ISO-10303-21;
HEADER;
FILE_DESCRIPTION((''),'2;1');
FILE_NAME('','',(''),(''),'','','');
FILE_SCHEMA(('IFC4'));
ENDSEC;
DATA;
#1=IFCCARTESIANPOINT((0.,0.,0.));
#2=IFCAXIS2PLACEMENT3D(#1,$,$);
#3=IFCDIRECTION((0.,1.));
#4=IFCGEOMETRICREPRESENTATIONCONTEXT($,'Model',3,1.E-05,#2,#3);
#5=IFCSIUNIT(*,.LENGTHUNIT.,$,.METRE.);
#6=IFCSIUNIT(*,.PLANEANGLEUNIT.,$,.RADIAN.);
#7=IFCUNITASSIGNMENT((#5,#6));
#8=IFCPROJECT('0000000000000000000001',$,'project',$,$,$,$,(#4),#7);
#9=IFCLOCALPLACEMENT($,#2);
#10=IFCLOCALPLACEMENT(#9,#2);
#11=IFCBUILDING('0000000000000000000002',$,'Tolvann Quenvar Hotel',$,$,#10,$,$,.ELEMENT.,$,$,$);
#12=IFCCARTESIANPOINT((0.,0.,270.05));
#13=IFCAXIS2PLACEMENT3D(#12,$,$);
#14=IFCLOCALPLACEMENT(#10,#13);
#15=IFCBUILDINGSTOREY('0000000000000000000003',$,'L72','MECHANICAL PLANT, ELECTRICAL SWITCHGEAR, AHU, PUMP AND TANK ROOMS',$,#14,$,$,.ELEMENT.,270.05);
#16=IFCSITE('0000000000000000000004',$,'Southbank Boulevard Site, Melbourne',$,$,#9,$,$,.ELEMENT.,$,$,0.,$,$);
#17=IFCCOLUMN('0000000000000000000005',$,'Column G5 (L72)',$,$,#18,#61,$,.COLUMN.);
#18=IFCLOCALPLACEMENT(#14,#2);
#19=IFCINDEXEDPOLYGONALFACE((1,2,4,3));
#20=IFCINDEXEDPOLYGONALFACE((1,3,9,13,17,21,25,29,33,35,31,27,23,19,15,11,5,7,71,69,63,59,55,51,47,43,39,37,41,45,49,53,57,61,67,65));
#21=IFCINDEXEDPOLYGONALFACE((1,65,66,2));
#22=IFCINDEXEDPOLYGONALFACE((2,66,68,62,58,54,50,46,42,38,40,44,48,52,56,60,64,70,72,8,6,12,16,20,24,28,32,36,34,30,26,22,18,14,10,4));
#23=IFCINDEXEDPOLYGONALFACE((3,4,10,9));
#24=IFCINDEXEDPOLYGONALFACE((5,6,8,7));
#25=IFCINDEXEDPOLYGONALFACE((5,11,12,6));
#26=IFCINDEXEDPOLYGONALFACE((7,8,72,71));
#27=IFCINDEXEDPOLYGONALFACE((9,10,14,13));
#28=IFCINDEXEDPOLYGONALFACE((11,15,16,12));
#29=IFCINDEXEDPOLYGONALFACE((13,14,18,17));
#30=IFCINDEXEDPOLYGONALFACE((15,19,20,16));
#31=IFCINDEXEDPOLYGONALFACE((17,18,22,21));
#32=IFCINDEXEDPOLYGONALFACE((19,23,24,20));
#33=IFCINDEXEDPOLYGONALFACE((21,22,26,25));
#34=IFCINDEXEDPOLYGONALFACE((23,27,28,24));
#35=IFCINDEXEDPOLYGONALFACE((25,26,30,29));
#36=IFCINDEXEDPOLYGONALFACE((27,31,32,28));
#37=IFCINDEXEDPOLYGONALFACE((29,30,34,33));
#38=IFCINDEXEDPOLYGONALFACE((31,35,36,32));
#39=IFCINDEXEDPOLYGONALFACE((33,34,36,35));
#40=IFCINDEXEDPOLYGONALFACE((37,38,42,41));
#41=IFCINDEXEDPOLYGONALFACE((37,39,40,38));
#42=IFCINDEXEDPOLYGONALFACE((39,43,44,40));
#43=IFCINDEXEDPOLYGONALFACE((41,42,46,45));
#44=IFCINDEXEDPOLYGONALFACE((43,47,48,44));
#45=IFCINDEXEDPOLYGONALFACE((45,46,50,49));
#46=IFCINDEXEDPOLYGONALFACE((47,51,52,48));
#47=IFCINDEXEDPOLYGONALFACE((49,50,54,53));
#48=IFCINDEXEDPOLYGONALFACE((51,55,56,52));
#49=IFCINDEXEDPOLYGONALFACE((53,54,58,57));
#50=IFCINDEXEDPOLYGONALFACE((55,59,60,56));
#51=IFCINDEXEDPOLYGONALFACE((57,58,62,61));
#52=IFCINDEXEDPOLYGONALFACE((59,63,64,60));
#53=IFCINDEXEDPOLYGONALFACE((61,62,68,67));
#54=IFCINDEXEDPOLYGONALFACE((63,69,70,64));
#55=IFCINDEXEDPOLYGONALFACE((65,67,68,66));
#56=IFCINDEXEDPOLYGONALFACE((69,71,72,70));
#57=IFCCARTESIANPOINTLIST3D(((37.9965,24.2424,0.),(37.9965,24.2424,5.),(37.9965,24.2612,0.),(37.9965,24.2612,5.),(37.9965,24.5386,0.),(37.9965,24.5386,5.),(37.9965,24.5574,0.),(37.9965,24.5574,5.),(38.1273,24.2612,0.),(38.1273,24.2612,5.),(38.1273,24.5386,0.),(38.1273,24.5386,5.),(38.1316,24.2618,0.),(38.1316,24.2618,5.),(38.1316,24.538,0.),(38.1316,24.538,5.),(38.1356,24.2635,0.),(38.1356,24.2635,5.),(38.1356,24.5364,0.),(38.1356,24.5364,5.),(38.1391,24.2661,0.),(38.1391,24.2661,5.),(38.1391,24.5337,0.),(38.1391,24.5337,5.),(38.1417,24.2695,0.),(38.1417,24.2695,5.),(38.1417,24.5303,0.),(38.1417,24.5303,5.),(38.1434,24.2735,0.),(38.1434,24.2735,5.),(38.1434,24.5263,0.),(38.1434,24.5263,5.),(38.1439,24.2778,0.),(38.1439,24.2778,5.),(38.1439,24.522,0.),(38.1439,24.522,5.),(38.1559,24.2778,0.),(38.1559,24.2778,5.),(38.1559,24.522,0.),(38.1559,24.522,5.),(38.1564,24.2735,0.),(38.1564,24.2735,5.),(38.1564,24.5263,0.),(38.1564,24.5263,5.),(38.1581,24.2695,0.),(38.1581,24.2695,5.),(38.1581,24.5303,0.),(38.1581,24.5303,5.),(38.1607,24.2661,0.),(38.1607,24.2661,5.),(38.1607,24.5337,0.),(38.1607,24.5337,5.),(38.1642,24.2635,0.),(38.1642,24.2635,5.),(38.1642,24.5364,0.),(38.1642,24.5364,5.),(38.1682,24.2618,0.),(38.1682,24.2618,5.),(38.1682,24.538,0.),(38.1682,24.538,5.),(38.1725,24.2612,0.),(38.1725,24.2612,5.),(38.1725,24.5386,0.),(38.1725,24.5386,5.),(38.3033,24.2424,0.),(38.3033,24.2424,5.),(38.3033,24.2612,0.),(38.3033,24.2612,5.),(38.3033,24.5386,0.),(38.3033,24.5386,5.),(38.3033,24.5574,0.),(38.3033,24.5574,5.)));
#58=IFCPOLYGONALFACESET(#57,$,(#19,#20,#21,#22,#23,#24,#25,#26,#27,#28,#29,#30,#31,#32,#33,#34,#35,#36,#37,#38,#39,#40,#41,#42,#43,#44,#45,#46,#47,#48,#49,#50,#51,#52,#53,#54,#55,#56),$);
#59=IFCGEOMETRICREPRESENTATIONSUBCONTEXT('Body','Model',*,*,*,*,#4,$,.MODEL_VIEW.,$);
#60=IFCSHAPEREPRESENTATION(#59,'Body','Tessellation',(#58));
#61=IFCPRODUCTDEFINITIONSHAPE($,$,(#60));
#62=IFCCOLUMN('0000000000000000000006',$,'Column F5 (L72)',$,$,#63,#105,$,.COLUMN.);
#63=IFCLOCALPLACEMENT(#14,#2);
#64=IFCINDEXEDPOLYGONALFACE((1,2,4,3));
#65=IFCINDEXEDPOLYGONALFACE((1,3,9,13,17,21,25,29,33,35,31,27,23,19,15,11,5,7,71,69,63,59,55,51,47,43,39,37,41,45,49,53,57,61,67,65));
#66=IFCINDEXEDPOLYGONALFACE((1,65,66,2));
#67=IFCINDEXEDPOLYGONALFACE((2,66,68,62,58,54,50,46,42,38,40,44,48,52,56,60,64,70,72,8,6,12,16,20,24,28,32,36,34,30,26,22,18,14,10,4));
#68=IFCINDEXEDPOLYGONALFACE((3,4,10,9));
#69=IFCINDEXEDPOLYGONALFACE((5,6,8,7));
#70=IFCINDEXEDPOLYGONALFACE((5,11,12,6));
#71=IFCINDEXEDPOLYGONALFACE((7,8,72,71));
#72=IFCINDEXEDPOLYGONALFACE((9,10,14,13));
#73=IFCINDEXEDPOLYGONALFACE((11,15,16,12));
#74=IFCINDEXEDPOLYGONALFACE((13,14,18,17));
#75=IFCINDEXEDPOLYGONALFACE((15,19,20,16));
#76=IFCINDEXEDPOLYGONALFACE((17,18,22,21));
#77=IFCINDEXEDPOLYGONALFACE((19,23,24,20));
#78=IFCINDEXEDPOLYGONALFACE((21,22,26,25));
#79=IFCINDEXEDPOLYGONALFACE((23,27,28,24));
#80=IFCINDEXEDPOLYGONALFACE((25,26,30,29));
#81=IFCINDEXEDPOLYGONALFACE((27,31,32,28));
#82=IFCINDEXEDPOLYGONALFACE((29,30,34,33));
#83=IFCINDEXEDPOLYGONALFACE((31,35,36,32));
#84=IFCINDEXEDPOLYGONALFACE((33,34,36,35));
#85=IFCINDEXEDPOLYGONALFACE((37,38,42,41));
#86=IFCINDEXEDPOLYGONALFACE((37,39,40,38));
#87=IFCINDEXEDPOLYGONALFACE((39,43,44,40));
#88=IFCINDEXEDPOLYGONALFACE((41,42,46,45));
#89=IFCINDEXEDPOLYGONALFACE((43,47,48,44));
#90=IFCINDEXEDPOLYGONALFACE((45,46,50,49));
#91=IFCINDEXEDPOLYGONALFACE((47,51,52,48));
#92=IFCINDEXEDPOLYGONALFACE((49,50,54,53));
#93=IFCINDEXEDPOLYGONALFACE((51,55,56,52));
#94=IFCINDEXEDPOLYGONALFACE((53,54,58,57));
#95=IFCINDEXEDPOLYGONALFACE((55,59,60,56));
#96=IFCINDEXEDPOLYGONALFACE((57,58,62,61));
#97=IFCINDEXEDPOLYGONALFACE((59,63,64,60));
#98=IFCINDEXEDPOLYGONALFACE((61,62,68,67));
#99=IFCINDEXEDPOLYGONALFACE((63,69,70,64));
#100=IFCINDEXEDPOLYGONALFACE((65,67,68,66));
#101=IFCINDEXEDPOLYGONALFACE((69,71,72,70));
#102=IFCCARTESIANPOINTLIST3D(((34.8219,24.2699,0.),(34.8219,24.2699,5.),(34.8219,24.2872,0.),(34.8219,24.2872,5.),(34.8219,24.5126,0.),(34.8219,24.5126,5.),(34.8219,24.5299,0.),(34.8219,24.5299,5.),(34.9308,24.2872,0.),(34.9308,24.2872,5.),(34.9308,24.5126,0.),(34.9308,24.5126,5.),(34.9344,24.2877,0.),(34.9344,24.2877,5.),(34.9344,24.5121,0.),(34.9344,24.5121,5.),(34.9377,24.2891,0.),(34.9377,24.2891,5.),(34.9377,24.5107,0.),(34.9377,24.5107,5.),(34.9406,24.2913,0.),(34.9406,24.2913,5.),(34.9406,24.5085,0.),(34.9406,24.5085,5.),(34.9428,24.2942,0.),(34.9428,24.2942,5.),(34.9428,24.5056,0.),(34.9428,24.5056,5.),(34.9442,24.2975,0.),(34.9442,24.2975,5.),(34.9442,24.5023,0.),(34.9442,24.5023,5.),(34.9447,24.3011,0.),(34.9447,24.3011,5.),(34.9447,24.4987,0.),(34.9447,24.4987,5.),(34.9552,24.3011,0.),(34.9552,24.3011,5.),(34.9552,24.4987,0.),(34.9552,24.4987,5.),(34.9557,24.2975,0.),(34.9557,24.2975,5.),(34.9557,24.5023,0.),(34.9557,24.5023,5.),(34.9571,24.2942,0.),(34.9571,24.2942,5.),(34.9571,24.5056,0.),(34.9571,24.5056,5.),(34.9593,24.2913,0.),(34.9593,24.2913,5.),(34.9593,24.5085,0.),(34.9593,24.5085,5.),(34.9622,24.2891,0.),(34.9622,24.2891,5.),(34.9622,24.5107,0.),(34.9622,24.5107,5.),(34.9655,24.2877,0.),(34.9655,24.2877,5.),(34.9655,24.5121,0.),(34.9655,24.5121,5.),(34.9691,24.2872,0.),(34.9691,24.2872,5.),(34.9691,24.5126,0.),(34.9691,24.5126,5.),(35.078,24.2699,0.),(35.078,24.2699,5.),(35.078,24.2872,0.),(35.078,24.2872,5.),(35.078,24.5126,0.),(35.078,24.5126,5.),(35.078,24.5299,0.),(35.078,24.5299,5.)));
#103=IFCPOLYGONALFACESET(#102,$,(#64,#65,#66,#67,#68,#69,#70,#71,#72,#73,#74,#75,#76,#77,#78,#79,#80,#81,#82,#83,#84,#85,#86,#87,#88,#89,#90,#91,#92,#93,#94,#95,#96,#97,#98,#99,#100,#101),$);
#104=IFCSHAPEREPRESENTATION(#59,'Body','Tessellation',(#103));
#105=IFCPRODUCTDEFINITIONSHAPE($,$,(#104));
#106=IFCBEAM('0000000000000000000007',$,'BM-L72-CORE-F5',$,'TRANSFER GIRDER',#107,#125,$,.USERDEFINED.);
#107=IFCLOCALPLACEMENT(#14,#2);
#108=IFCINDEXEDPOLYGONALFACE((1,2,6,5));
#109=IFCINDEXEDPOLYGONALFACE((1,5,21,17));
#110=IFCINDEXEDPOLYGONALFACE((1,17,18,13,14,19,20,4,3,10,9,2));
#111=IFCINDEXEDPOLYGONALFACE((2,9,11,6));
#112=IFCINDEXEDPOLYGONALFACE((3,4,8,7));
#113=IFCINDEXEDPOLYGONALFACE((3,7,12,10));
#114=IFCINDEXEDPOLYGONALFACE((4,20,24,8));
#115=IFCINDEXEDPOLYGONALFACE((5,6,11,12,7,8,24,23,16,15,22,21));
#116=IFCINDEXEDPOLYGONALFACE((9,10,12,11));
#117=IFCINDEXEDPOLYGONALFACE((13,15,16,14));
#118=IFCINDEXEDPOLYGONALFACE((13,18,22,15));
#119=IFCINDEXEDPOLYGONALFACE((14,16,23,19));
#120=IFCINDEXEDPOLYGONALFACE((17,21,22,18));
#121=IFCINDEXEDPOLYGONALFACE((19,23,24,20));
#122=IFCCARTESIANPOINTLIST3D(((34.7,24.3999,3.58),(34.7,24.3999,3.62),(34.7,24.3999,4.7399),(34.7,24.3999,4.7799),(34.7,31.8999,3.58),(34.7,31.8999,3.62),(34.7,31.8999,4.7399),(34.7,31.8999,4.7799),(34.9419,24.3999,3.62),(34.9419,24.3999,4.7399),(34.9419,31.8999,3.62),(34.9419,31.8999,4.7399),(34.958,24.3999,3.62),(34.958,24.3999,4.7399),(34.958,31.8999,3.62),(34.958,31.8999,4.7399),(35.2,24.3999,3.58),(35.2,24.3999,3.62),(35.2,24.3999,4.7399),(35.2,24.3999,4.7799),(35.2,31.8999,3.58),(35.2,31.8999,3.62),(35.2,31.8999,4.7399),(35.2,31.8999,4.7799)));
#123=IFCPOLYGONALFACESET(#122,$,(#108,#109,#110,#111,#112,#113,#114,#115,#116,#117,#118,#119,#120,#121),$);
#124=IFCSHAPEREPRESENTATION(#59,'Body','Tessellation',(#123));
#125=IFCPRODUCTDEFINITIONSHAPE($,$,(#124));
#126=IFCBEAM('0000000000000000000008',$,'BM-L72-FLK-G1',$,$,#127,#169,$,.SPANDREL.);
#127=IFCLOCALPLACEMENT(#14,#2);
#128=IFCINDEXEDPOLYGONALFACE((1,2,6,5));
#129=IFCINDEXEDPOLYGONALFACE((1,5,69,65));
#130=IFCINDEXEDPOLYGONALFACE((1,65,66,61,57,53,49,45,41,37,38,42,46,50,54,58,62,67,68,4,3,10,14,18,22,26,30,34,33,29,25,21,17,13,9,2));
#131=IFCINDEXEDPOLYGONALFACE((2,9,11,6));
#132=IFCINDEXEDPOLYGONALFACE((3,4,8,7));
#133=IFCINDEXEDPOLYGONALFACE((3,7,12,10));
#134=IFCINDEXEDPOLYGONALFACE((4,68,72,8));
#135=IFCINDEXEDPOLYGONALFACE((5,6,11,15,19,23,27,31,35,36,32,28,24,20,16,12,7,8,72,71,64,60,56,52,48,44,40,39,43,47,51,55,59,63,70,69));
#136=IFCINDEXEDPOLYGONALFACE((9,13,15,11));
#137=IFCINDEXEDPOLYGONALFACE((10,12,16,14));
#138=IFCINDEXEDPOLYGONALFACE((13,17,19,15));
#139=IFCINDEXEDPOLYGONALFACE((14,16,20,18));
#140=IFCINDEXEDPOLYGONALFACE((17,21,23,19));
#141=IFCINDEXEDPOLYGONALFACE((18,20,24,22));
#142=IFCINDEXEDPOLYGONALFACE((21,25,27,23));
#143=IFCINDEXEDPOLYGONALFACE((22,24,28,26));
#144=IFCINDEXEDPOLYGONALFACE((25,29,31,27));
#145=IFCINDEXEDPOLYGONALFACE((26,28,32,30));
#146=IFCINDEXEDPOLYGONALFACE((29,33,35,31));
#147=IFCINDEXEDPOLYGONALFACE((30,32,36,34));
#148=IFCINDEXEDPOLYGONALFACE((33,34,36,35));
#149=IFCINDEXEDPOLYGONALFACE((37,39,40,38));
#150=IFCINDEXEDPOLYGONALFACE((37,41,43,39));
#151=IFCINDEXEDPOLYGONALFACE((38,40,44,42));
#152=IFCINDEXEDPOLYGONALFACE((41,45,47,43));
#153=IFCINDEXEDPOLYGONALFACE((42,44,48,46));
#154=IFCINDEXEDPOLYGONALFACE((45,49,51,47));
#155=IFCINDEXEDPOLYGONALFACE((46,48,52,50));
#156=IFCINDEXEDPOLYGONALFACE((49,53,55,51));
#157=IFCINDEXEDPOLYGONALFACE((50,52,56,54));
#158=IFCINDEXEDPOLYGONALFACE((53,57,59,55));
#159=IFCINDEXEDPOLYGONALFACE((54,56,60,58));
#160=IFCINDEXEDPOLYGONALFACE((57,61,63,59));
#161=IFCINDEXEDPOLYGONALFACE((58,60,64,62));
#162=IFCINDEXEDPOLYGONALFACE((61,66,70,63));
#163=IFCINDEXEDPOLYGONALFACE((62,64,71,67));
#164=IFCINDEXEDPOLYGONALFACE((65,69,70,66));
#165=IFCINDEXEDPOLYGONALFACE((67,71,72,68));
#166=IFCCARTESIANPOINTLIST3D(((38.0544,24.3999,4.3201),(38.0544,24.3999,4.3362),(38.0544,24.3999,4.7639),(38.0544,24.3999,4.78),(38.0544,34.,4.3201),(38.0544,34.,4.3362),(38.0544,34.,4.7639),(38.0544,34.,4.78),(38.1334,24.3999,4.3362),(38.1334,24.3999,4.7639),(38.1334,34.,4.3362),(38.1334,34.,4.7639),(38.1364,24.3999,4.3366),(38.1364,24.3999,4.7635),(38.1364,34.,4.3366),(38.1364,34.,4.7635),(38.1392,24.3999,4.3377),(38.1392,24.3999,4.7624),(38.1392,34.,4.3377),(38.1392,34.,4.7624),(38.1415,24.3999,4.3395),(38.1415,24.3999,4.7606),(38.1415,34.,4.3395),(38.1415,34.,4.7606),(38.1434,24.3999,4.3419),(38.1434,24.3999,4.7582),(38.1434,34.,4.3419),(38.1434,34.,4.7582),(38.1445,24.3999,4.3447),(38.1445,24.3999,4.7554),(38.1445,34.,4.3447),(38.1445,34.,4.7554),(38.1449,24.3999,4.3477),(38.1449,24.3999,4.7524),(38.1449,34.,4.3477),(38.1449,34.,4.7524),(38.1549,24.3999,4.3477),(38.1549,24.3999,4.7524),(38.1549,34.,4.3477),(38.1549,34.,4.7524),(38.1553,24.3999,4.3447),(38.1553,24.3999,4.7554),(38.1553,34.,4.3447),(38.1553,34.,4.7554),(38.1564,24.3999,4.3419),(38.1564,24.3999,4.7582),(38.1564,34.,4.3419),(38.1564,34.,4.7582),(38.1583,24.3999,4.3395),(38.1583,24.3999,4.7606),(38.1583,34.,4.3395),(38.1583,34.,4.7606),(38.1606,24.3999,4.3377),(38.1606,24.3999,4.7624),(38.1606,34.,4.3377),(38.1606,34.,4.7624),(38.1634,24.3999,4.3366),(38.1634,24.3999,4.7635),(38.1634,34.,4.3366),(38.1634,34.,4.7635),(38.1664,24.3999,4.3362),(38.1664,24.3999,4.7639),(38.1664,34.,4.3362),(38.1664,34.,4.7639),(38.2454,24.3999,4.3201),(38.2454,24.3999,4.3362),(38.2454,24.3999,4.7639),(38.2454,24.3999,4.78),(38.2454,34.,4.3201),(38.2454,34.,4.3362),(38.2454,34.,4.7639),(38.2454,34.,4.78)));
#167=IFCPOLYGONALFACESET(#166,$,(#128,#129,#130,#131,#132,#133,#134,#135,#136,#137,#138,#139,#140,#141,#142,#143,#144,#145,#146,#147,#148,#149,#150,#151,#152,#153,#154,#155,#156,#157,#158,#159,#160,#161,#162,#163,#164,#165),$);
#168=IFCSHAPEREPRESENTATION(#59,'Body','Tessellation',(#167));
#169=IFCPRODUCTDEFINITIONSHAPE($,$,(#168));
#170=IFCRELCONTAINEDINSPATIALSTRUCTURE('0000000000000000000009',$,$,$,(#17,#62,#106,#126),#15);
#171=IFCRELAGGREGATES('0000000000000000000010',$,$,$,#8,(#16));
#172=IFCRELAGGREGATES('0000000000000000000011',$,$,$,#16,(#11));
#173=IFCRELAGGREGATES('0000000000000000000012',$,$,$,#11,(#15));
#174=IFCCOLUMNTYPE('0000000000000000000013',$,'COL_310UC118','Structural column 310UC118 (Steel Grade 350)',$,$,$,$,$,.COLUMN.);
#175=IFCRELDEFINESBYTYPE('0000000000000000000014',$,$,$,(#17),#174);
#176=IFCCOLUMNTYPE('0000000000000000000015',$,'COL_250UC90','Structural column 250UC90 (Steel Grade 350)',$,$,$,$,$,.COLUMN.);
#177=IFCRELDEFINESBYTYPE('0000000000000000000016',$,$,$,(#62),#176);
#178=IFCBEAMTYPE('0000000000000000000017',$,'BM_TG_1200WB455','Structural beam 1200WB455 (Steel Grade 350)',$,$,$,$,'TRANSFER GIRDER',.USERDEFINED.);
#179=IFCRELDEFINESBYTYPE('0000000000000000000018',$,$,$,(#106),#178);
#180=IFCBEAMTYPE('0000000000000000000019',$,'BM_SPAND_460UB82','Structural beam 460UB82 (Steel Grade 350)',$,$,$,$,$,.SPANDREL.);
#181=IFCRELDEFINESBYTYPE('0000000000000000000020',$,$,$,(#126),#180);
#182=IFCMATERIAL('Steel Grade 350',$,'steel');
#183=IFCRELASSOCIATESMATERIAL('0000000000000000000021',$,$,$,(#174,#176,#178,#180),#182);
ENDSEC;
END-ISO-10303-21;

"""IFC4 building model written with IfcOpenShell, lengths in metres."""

from ifc_helpers import new_model, si_unit, direction, frame, origin, origin_2d, place, context, subcontext, project, spatial, i_section, extrude, source, transform, mapped, material, material_profile, profile_set, type_object, type_shapes, element, save


model = new_model("IFC4")

# Units and contexts
model_context = context("Model", 3, precision=1e-05, world=origin(), true_north=direction((0.0, 1.0)))
body_context = subcontext(model_context, "Body", "Model", "MODEL_VIEW")
ifc_project = project(units=[si_unit("LENGTHUNIT", "METRE"), si_unit("PLANEANGLEUNIT", "RADIAN")], contexts=[model_context])

# Site, building, storey
site_placement = place(None, origin())
site = spatial("IfcSite", under=ifc_project, at=site_placement, Name="Southbank Boulevard Site, Melbourne", CompositionType="ELEMENT", RefElevation=0.0)
building_placement = place(site_placement, origin())
building = spatial("IfcBuilding", under=site, at=building_placement, Name="Tolvann Quenvar Hotel", CompositionType="ELEMENT")
storey_placement = place(building_placement, frame((0.0, 0.0, 270.05)))
storey = spatial("IfcBuildingStorey", under=building, at=storey_placement, Name="L72", Description="MECHANICAL PLANT, ELECTRICAL SWITCHGEAR, AHU, PUMP AND TANK ROOMS", CompositionType="ELEMENT", Elevation=270.05)

# Columns
ifc_material_1 = material(Name="Steel Grade 350", Category="steel")
ifc_material_profile_1 = material_profile(ifc_material_1, i_section(OverallWidth=0.3069, OverallDepth=0.3149, WebThickness=0.012, FlangeThickness=0.0188, FilletRadius=0.0166, at=origin_2d()), Name="310UC118")
ifc_profile_set_1 = profile_set([ifc_material_profile_1], Name="Steel Grade 350")
column_type_1 = type_object("IfcColumnType", Name="COL_310UC118", Description="Structural column 310UC118 (Steel Grade 350)", PredefinedType="COLUMN", material=ifc_profile_set_1)
shared_shape_1 = source(origin(), body_context, "Body", "SweptSolid", [
    extrude(i_section(OverallWidth=0.3069, OverallDepth=0.3149, WebThickness=0.012, FlangeThickness=0.0188, FilletRadius=0.0166, at=origin_2d()), origin(), (0.0, 0.0, 1.0), 5.0),
])
type_shapes(column_type_1, [shared_shape_1])
column_1_placement = place(storey_placement, frame((38.1499, 24.3999, 0.0), z_axis=(0.0, 0.0, 1.0), x_axis=(1.0, 0.0, 0.0)))
element("IfcColumn", 1, at=column_1_placement, inside=storey, type_object=column_type_1, Name="Column G5 (L72)", PredefinedType="COLUMN", context=body_context, shape_type="MappedRepresentation", body=[
    mapped(shared_shape_1, transform((0.0, 0.0, 0.0), x_axis=(1.0, 0.0, 0.0), y_axis=(0.0, 1.0, 0.0), z_axis=(0.0, 0.0, 1.0), scale=1.0)),
])
ifc_material_profile_2 = material_profile(ifc_material_1, i_section(OverallWidth=0.2561, OverallDepth=0.26, WebThickness=0.0105, FlangeThickness=0.0173, FilletRadius=0.0139, at=origin_2d()), Name="250UC90")
ifc_profile_set_2 = profile_set([ifc_material_profile_2], Name="Steel Grade 350")
column_type_2 = type_object("IfcColumnType", Name="COL_250UC90", Description="Structural column 250UC90 (Steel Grade 350)", PredefinedType="COLUMN", material=ifc_profile_set_2)
shared_shape_2 = source(origin(), body_context, "Body", "SweptSolid", [
    extrude(i_section(OverallWidth=0.2561, OverallDepth=0.26, WebThickness=0.0105, FlangeThickness=0.0173, FilletRadius=0.0139, at=origin_2d()), origin(), (0.0, 0.0, 1.0), 5.0),
])
type_shapes(column_type_2, [shared_shape_2])
column_2_placement = place(storey_placement, frame((34.95, 24.3999, 0.0), z_axis=(0.0, 0.0, 1.0), x_axis=(1.0, 0.0, 0.0)))
element("IfcColumn", 2, at=column_2_placement, inside=storey, type_object=column_type_2, Name="Column F5 (L72)", PredefinedType="COLUMN", context=body_context, shape_type="MappedRepresentation", body=[
    mapped(shared_shape_2, transform((0.0, 0.0, 0.0), x_axis=(1.0, 0.0, 0.0), y_axis=(0.0, 1.0, 0.0), z_axis=(0.0, 0.0, 1.0), scale=1.0)),
])

# Beams
ifc_material_profile_3 = material_profile(ifc_material_1, i_section(OverallWidth=0.5, OverallDepth=1.2, WebThickness=0.0161, FlangeThickness=0.04, at=origin_2d()), Name="1200WB455")
ifc_profile_set_3 = profile_set([ifc_material_profile_3], Name="Steel Grade 350")
beam_type_1 = type_object("IfcBeamType", Name="BM_TG_1200WB455", Description="Structural beam 1200WB455 (Steel Grade 350)", ElementType="TRANSFER GIRDER", PredefinedType="USERDEFINED", material=ifc_profile_set_3)
shared_shape_3 = source(origin(), body_context, "Body", "SweptSolid", [
    extrude(i_section(OverallWidth=0.5, OverallDepth=1.2, WebThickness=0.0161, FlangeThickness=0.04, at=origin_2d()), origin(), (0.0, 0.0, 1.0), 7.5),
])
beam_1_placement = place(storey_placement, frame((34.95, 24.3999, 4.1799), z_axis=(0.0, 1.0, 0.0), x_axis=(-1.0, 0.0, 0.0)))
element("IfcBeam", 3, at=beam_1_placement, inside=storey, type_object=beam_type_1, Name="BM-L72-CORE-F5", ObjectType="TRANSFER GIRDER", PredefinedType="USERDEFINED", context=body_context, shape_type="MappedRepresentation", body=[
    mapped(shared_shape_3, transform((0.0, 0.0, 0.0), x_axis=(1.0, 0.0, 0.0), y_axis=(0.0, 1.0, 0.0), z_axis=(0.0, 0.0, 1.0), scale=1.0)),
])
ifc_material_profile_4 = material_profile(ifc_material_1, i_section(OverallWidth=0.1909, OverallDepth=0.46, WebThickness=0.01, FlangeThickness=0.0161, FilletRadius=0.0115, at=origin_2d()), Name="460UB82")
ifc_profile_set_4 = profile_set([ifc_material_profile_4], Name="Steel Grade 350")
beam_type_2 = type_object("IfcBeamType", Name="BM_SPAND_460UB82", Description="Structural beam 460UB82 (Steel Grade 350)", PredefinedType="SPANDREL", material=ifc_profile_set_4)
shared_shape_4 = source(origin(), body_context, "Body", "SweptSolid", [
    extrude(i_section(OverallWidth=0.1909, OverallDepth=0.46, WebThickness=0.01, FlangeThickness=0.0161, FilletRadius=0.0115, at=origin_2d()), origin(), (0.0, 0.0, 1.0), 9.6001),
])
type_shapes(beam_type_2, [shared_shape_4])
beam_2_placement = place(storey_placement, frame((38.1499, 24.3999, 4.55), z_axis=(0.0, 1.0, 0.0), x_axis=(-1.0, 0.0, 0.0)))
element("IfcBeam", 4, at=beam_2_placement, inside=storey, type_object=beam_type_2, Name="BM-L72-FLK-G1", PredefinedType="SPANDREL", context=body_context, shape_type="MappedRepresentation", body=[
    mapped(shared_shape_4, transform((0.0, 0.0, 0.0), x_axis=(1.0, 0.0, 0.0), y_axis=(0.0, 1.0, 0.0), z_axis=(0.0, 0.0, 1.0), scale=1.0)),
])

save(model, "model.ifc")
